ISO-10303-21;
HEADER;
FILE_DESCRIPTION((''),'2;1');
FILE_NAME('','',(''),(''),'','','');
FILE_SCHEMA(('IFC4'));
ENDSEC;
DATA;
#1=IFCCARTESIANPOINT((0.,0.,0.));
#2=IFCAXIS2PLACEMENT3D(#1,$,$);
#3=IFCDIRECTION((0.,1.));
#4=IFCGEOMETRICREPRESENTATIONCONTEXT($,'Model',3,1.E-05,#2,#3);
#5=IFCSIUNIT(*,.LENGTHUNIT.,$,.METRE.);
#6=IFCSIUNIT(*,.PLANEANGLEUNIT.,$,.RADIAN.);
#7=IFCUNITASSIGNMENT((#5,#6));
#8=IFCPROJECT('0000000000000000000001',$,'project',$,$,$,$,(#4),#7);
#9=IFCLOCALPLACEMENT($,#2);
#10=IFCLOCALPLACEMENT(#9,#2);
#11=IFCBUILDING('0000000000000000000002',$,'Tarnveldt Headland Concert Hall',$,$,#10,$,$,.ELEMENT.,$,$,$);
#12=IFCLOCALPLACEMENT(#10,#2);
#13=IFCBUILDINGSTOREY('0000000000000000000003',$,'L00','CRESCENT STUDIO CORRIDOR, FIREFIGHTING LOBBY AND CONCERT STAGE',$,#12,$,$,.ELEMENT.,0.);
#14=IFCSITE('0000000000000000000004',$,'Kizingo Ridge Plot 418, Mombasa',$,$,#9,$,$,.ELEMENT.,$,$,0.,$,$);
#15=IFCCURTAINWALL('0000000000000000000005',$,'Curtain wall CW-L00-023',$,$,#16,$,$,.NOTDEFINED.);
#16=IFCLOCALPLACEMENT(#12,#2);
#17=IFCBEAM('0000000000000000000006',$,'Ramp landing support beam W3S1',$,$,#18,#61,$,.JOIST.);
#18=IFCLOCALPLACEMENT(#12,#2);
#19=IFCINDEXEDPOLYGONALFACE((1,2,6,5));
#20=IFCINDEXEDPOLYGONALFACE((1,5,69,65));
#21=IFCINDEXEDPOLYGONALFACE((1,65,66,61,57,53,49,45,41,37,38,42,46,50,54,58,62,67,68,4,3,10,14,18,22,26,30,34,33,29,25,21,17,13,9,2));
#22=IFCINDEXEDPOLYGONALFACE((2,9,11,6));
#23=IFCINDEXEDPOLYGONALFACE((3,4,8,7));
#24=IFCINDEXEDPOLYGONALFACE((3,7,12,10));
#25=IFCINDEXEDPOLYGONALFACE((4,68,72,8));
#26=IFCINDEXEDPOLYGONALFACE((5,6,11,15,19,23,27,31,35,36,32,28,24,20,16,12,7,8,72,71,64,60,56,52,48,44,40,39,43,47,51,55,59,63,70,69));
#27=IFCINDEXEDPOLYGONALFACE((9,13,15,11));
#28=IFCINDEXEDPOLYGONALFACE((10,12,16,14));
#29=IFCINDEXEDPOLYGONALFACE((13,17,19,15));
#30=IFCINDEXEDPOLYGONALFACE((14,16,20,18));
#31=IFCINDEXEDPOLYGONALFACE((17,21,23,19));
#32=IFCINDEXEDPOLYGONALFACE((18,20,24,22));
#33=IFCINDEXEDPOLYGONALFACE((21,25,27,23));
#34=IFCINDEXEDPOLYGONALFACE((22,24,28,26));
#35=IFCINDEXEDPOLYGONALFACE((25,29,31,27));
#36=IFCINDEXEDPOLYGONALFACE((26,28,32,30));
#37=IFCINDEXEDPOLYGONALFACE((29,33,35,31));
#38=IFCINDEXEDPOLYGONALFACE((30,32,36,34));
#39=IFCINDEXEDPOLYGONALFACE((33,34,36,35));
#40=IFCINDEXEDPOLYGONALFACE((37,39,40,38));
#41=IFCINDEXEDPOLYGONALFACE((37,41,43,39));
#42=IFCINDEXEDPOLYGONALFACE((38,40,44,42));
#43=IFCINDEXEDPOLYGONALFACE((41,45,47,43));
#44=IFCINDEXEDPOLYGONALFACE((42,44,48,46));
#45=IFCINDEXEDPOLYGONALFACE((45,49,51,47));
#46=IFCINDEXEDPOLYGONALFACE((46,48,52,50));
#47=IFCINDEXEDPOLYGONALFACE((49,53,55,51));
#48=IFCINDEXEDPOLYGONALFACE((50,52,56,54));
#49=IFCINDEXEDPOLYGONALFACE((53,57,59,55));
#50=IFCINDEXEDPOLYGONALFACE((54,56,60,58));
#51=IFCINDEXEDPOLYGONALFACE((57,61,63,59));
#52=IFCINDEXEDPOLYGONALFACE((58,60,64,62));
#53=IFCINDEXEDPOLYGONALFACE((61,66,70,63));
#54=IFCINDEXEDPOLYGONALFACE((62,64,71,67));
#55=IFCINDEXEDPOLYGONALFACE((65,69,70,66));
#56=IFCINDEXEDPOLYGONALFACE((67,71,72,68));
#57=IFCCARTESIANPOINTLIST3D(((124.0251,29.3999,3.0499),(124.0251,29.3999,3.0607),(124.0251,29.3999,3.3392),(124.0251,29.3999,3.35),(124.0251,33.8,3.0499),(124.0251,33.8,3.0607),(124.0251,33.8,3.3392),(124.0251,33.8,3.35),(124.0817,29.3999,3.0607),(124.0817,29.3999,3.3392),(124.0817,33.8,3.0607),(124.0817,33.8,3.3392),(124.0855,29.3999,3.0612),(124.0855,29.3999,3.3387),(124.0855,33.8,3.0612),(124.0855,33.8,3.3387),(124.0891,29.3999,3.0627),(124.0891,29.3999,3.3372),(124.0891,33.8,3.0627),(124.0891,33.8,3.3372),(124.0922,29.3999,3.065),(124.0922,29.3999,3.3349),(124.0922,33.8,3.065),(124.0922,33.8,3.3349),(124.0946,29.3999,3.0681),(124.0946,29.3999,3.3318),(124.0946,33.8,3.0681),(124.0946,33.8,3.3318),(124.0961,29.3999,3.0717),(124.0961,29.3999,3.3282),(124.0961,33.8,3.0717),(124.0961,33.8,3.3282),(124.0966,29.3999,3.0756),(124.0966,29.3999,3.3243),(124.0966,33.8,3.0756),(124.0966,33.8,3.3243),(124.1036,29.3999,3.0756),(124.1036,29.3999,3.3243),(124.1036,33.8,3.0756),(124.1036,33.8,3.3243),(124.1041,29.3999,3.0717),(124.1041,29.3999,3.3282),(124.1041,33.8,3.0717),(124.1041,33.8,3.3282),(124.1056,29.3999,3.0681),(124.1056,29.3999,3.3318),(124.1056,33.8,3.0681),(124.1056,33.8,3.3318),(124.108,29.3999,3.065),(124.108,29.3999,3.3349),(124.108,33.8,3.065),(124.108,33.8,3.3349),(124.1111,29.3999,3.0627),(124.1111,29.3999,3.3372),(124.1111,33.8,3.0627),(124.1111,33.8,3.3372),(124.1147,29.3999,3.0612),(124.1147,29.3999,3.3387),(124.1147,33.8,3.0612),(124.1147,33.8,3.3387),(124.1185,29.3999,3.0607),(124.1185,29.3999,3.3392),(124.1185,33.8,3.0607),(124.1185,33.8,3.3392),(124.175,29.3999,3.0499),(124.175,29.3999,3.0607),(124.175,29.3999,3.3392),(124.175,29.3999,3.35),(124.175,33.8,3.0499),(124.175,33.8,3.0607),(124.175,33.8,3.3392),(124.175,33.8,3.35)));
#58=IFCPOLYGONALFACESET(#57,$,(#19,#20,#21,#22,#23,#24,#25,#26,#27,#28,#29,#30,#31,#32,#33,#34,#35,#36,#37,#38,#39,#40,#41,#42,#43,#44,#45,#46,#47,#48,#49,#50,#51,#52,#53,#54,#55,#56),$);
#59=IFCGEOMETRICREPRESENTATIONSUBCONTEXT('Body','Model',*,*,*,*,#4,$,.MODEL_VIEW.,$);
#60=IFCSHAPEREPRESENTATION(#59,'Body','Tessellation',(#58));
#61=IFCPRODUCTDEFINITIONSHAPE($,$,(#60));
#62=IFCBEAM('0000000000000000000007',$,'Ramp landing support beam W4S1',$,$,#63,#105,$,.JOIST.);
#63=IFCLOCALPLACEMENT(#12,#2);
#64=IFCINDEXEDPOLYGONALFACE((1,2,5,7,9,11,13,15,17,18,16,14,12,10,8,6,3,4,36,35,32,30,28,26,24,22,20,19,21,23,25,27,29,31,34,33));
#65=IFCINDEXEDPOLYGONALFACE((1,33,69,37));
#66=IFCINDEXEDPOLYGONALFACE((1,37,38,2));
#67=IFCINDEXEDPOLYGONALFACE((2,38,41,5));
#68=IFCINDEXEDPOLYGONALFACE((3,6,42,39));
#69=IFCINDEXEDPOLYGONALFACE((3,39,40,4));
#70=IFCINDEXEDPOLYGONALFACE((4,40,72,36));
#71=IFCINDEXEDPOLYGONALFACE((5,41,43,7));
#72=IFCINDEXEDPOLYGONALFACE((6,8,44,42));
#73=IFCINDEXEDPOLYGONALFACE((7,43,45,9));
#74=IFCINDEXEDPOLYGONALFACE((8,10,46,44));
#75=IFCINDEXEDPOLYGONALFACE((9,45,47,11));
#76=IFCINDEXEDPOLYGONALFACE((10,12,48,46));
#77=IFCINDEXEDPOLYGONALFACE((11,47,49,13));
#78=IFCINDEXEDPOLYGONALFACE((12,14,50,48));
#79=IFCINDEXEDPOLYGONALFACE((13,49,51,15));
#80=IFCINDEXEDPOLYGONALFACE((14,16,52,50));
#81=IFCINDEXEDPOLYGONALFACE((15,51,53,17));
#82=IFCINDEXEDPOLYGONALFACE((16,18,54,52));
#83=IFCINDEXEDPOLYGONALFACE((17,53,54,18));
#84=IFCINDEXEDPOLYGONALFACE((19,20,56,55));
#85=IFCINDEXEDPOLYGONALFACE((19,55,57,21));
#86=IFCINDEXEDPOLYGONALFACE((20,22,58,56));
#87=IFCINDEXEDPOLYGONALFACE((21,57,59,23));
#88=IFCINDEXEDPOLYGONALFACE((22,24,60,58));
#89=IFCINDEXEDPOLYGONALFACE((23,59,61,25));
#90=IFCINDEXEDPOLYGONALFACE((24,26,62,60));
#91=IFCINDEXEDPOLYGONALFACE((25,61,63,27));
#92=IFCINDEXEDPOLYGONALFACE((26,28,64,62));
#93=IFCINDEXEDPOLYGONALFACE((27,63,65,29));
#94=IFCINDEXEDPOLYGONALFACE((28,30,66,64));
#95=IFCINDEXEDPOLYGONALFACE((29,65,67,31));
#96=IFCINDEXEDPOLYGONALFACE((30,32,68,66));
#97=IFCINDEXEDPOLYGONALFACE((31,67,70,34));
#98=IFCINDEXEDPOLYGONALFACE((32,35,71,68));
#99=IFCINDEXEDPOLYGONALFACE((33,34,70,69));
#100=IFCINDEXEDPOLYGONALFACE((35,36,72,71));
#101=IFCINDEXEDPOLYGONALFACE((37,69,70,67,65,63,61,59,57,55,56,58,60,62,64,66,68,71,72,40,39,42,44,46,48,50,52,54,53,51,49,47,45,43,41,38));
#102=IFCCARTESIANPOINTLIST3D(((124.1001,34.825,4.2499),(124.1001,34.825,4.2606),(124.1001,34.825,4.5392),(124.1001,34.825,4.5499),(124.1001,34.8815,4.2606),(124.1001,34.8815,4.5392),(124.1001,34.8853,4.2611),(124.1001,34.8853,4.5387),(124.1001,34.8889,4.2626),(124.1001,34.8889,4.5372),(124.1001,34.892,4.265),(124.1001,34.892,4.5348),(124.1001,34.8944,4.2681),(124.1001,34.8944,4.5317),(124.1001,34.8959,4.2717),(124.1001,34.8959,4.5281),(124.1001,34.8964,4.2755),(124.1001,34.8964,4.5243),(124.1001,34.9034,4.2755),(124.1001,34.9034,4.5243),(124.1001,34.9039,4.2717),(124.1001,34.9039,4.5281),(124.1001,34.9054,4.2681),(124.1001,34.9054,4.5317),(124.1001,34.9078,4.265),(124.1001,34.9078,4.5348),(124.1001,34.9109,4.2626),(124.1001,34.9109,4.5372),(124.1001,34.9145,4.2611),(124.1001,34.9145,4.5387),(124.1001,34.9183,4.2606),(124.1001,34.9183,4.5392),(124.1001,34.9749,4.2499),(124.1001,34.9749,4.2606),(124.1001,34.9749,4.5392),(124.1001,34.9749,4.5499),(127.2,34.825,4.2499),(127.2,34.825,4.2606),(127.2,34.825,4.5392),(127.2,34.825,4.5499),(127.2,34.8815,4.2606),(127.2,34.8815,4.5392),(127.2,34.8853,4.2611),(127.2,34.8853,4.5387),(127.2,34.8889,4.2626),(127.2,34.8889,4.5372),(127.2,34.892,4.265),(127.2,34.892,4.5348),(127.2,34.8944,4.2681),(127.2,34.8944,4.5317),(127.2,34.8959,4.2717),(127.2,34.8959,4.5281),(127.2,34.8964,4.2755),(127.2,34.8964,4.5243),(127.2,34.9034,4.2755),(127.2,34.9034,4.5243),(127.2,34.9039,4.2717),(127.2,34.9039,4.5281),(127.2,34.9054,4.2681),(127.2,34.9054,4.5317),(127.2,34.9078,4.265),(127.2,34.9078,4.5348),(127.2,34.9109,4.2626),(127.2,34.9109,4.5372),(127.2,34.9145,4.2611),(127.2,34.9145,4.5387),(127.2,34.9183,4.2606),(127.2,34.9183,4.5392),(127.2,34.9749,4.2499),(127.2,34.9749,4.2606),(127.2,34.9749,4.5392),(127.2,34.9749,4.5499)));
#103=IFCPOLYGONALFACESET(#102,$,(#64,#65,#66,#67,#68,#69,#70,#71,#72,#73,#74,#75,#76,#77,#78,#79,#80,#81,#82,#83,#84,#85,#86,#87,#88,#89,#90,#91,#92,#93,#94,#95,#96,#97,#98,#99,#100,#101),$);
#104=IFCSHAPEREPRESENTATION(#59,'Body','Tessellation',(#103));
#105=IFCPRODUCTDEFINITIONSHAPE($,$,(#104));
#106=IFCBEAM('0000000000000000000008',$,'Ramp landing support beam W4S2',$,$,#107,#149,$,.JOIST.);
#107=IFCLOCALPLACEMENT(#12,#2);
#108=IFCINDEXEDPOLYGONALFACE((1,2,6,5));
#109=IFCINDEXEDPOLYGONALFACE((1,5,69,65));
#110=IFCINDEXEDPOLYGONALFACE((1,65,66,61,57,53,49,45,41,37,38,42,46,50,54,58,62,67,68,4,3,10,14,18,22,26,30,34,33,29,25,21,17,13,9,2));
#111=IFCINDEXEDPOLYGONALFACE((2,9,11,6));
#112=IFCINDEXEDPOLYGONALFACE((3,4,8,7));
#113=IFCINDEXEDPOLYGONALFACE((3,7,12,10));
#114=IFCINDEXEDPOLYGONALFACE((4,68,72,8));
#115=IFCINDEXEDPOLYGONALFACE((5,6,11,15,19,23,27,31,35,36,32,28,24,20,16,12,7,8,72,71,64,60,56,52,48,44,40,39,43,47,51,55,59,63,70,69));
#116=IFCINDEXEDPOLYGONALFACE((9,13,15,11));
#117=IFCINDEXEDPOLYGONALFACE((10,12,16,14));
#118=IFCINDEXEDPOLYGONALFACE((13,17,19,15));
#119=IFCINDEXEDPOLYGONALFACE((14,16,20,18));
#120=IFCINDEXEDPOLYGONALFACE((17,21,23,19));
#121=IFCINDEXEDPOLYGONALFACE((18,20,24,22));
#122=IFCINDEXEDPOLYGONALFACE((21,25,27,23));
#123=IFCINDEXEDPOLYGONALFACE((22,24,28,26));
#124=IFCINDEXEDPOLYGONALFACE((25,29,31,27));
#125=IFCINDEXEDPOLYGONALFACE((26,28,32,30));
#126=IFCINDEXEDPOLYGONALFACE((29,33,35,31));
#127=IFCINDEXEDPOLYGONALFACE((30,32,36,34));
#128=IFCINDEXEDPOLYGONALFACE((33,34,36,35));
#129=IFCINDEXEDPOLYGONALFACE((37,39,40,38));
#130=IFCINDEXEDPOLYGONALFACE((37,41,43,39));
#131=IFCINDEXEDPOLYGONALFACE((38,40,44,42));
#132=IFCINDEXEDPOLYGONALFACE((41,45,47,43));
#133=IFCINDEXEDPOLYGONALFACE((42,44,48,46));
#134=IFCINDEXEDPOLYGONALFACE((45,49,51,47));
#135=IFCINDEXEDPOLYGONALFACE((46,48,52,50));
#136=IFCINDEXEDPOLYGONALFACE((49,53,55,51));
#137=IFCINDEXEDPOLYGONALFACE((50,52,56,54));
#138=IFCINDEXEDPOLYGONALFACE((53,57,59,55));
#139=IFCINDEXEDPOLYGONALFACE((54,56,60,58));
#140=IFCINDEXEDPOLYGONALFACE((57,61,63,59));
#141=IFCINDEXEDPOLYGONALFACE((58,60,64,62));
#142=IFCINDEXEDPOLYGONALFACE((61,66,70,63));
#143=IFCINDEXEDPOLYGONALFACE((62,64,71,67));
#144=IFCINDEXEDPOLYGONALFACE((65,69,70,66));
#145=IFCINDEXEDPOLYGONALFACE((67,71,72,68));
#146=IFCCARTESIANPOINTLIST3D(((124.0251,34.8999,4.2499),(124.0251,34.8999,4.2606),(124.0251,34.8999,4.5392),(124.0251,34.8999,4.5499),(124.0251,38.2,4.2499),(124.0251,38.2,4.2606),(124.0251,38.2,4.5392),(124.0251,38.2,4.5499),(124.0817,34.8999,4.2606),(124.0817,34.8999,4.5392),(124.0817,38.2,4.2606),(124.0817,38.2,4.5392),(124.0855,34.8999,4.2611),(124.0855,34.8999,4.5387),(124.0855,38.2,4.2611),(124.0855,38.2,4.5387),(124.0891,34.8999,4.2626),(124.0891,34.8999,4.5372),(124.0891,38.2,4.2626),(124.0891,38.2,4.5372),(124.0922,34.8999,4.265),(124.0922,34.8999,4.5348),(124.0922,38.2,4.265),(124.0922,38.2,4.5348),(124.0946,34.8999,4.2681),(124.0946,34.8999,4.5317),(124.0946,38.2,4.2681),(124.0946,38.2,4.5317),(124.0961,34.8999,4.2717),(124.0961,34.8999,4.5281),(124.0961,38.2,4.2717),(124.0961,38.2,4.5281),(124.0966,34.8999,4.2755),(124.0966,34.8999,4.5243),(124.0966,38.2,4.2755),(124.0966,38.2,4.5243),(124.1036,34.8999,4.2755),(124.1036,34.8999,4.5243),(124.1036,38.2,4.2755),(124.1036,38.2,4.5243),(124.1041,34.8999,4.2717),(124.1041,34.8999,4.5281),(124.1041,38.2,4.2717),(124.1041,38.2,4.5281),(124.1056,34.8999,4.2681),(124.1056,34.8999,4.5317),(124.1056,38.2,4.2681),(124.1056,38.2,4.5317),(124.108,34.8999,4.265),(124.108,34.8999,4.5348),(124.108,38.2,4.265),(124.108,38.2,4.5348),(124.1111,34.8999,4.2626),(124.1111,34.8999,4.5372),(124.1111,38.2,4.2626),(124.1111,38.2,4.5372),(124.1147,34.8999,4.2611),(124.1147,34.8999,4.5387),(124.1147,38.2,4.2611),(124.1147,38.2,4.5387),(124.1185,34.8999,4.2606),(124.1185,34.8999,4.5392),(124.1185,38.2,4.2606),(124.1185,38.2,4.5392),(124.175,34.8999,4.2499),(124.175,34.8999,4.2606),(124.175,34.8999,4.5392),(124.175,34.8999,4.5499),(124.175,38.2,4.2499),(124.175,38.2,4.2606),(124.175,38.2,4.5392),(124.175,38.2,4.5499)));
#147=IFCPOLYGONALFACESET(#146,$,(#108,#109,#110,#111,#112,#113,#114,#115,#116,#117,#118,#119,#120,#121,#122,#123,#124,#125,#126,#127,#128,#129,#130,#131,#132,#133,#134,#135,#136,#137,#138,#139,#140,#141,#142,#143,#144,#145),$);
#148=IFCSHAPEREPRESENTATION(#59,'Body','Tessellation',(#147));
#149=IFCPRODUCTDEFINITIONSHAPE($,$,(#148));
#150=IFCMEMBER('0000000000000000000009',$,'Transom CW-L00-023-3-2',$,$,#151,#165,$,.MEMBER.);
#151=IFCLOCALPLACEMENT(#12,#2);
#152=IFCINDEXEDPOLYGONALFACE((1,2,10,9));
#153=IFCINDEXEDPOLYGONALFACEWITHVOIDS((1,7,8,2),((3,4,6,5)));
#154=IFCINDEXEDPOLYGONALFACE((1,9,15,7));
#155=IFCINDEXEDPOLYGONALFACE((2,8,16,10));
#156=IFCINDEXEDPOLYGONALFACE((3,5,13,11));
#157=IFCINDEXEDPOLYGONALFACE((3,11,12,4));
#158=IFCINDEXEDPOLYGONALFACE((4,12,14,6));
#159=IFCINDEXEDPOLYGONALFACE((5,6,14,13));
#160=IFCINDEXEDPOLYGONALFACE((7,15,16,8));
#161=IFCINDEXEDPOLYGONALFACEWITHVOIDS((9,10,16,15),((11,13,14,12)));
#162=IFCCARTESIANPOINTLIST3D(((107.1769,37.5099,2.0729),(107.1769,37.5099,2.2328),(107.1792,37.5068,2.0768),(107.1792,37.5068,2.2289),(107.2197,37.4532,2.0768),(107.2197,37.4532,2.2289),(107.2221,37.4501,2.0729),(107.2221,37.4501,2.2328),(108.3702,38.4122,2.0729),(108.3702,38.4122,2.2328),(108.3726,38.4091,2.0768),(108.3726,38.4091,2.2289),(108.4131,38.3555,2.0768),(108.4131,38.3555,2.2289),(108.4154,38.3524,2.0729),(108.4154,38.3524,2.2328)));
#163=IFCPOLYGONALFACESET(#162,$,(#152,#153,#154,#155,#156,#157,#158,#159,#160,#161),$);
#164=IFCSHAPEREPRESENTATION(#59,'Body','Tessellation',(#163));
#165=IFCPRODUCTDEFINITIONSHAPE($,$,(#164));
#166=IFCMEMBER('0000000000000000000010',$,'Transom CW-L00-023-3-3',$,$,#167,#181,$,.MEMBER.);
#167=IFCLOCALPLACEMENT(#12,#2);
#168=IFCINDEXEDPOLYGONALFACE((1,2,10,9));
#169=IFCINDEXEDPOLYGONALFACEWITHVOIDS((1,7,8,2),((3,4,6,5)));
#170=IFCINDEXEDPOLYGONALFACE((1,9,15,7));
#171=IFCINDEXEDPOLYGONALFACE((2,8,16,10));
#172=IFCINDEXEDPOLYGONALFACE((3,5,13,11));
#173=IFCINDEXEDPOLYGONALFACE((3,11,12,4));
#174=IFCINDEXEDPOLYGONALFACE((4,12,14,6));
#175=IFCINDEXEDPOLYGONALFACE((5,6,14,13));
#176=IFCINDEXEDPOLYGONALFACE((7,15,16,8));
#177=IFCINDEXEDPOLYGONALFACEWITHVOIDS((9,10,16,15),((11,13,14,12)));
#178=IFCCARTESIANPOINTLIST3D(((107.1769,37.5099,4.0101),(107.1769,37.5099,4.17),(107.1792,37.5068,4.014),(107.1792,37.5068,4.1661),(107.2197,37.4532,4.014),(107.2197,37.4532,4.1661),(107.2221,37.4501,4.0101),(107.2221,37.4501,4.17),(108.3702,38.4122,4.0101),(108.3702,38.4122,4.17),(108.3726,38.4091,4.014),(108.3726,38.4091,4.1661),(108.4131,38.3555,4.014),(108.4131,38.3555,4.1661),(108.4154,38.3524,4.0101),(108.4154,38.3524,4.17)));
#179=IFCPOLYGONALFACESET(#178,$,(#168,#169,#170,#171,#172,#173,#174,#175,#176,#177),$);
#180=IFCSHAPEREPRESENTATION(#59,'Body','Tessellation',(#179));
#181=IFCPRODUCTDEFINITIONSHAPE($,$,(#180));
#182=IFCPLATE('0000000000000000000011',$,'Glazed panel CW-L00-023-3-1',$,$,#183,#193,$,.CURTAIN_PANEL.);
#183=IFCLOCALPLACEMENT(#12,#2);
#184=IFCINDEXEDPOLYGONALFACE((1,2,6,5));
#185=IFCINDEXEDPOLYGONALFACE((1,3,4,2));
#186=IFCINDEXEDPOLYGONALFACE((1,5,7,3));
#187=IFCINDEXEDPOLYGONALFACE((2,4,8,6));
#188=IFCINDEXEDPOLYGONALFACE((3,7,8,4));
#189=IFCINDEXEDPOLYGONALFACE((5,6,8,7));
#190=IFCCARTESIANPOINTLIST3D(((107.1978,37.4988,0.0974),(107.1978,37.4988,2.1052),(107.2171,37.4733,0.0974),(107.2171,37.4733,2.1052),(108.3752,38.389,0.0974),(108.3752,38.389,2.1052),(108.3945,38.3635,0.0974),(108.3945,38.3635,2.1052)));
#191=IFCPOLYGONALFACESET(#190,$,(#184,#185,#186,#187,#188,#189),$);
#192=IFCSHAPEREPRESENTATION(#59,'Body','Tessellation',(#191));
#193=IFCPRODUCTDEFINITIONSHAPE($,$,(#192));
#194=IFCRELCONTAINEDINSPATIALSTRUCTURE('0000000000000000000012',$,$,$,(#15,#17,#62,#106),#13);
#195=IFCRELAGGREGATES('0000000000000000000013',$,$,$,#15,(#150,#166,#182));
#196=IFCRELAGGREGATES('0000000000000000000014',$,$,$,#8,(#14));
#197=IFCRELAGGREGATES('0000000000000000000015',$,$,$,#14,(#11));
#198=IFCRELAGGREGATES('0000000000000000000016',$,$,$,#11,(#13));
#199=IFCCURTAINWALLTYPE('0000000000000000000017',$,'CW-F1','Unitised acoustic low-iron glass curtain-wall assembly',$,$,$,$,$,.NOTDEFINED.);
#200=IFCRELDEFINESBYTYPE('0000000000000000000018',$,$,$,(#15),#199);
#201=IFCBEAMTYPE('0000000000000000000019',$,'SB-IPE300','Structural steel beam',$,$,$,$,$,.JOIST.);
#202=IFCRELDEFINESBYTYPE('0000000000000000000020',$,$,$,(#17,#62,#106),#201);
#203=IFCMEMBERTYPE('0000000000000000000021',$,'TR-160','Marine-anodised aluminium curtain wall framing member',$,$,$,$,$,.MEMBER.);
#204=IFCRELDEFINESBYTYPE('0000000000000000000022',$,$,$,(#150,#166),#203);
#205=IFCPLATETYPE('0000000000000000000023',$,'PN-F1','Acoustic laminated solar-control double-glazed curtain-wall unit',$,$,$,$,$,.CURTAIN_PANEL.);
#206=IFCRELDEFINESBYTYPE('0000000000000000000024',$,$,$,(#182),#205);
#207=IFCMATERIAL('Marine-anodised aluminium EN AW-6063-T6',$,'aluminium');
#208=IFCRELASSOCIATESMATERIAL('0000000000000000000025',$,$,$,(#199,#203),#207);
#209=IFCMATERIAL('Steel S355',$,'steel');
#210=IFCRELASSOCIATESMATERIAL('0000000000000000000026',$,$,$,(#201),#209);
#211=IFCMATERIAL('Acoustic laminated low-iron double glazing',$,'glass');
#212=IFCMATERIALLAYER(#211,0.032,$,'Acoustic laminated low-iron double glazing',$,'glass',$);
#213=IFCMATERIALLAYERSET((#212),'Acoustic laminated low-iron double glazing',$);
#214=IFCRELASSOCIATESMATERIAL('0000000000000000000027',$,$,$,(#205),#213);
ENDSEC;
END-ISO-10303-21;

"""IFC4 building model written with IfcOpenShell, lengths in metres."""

from ifc_helpers import new_model, si_unit, direction, frame, origin, origin_2d, place, context, subcontext, project, spatial, rectangle, hollow_rectangle, i_section, extrude, material, layer, layer_set, material_profile, profile_set, type_object, element, aggregate, save


model = new_model("IFC4")

# Units and contexts
model_context = context("Model", 3, precision=1e-05, world=origin(), true_north=direction((0.0, 1.0)))
body_context = subcontext(model_context, "Body", "Model", "MODEL_VIEW")
ifc_project = project(units=[si_unit("LENGTHUNIT", "METRE"), si_unit("PLANEANGLEUNIT", "RADIAN")], contexts=[model_context])

# Site, building, storey
site_placement = place(None, origin())
site = spatial("IfcSite", under=ifc_project, at=site_placement, Name="Kizingo Ridge Plot 418, Mombasa", CompositionType="ELEMENT", RefElevation=0.0)
building_placement = place(site_placement, origin())
building = spatial("IfcBuilding", under=site, at=building_placement, Name="Tarnveldt Headland Concert Hall", CompositionType="ELEMENT")
storey_placement = place(building_placement, origin())
storey = spatial("IfcBuildingStorey", under=building, at=storey_placement, Name="L00", Description="CRESCENT STUDIO CORRIDOR, FIREFIGHTING LOBBY AND CONCERT STAGE", CompositionType="ELEMENT", Elevation=0.0)

# Shared definitions
ifc_material_1 = material(Name="Steel S355", Category="steel")

# Curtain wall
ifc_material_2 = material(Name="Marine-anodised aluminium EN AW-6063-T6", Category="aluminium")
curtain_wall_type = type_object("IfcCurtainWallType", Name="CW-F1", Description="Unitised acoustic low-iron glass curtain-wall assembly", PredefinedType="NOTDEFINED", material=ifc_material_2)
curtain_wall_placement = place(storey_placement, origin())
curtain_wall = element("IfcCurtainWall", 1, at=curtain_wall_placement, inside=storey, type_object=curtain_wall_type, Name="Curtain wall CW-L00-023", PredefinedType="NOTDEFINED")

# Beams
ifc_material_profile_1 = material_profile(ifc_material_1, i_section(OverallWidth=0.1499, OverallDepth=0.3, WebThickness=0.0071, FlangeThickness=0.0107, FilletRadius=0.0149, at=origin_2d()), Name="IPE300", Category="steel")
ifc_profile_set_1 = profile_set([ifc_material_profile_1], Name="Steel S355")
beam_type = type_object("IfcBeamType", Name="SB-IPE300", Description="Structural steel beam", PredefinedType="JOIST", material=ifc_profile_set_1)
beam_1_placement = place(storey_placement, frame((124.1001, 29.3999, 3.2), z_axis=(0.0, 1.0, 0.0), x_axis=(-1.0, 0.0, 0.0)))
element("IfcBeam", 2, at=beam_1_placement, inside=storey, type_object=beam_type, Name="Ramp landing support beam W3S1", PredefinedType="JOIST", context=body_context, shape_type="SweptSolid", body=[
    extrude(i_section(OverallWidth=0.1499, OverallDepth=0.3, WebThickness=0.0071, FlangeThickness=0.0107, FilletRadius=0.0149, at=origin_2d()), origin(), (0.0, 0.0, 1.0), 4.4001),
])
beam_2_placement = place(storey_placement, frame((124.1001, 34.8999, 4.3999), z_axis=(1.0, 0.0, 0.0), x_axis=(0.0, 1.0, 0.0)))
element("IfcBeam", 3, at=beam_2_placement, inside=storey, type_object=beam_type, Name="Ramp landing support beam W4S1", PredefinedType="JOIST", context=body_context, shape_type="SweptSolid", body=[
    extrude(i_section(OverallWidth=0.1499, OverallDepth=0.3, WebThickness=0.0071, FlangeThickness=0.0107, FilletRadius=0.0149, at=origin_2d()), origin(), (0.0, 0.0, 1.0), 3.0999),
])
beam_3_placement = place(storey_placement, frame((124.1001, 38.2, 4.3999), z_axis=(0.0, -1.0, 0.0), x_axis=(1.0, 0.0, 0.0)))
element("IfcBeam", 4, at=beam_3_placement, inside=storey, type_object=beam_type, Name="Ramp landing support beam W4S2", PredefinedType="JOIST", context=body_context, shape_type="SweptSolid", body=[
    extrude(i_section(OverallWidth=0.1499, OverallDepth=0.3, WebThickness=0.0071, FlangeThickness=0.0107, FilletRadius=0.0149, at=origin_2d()), origin(), (0.0, 0.0, 1.0), 3.3),
])

# Members
ifc_material_profile_2 = material_profile(ifc_material_2, hollow_rectangle(XDim=0.075, YDim=0.1599, WallThickness=0.0039, at=origin_2d()), Name="ALU TRANSOM 75x160x4", Category="aluminium")
ifc_profile_set_2 = profile_set([ifc_material_profile_2], Name="Marine-anodised aluminium EN AW-6063-T6")
member_type_1 = type_object("IfcMemberType", Name="TR-160", Description="Marine-anodised aluminium curtain wall framing member", PredefinedType="MEMBER", material=ifc_profile_set_2)
member_1_placement = place(storey_placement, frame((107.1995, 37.48, 2.1528), z_axis=(0.797644, 0.603129, 0.0), x_axis=(-0.603129, 0.797644, 0.0)))
member_1 = element("IfcMember", 5, at=member_1_placement, type_object=member_type_1, Name="Transom CW-L00-023-3-2", PredefinedType="MEMBER", context=body_context, shape_type="SweptSolid", body=[
    extrude(hollow_rectangle(XDim=0.075, YDim=0.1599, WallThickness=0.0039, at=origin_2d()), origin(), (0.0, 0.0, 1.0), 1.4961),
])
member_2_placement = place(storey_placement, frame((107.1995, 37.48, 4.0901), z_axis=(0.797644, 0.603129, 0.0), x_axis=(-0.603129, 0.797644, 0.0)))
member_2 = element("IfcMember", 6, at=member_2_placement, type_object=member_type_1, Name="Transom CW-L00-023-3-3", PredefinedType="MEMBER", context=body_context, shape_type="SweptSolid", body=[
    extrude(hollow_rectangle(XDim=0.075, YDim=0.1599, WallThickness=0.0039, at=origin_2d()), origin(), (0.0, 0.0, 1.0), 1.4961),
])

# Plate
ifc_material_3 = material(Name="Acoustic laminated low-iron double glazing", Category="glass")
ifc_layer_1 = layer(ifc_material_3, 0.032, Name="Acoustic laminated low-iron double glazing", Category="glass")
ifc_layer_set_1 = layer_set([ifc_layer_1], Name="Acoustic laminated low-iron double glazing")
plate_type = type_object("IfcPlateType", Name="PN-F1", Description="Acoustic laminated solar-control double-glazed curtain-wall unit", PredefinedType="CURTAIN_PANEL", material=ifc_layer_set_1)
plate_1_placement = place(storey_placement, frame((107.7961, 37.9312, 0.0974), z_axis=(0.0, 0.0, 1.0), x_axis=(0.797658, 0.603111, 0.0)))
plate_1 = element("IfcPlate", 7, at=plate_1_placement, type_object=plate_type, Name="Glazed panel CW-L00-023-3-1", PredefinedType="CURTAIN_PANEL", context=body_context, shape_type="SweptSolid", body=[
    extrude(rectangle(XDim=1.4761, YDim=0.032, at=origin_2d()), origin(), (0.0, 0.0, 1.0), 2.0078),
])
aggregate(curtain_wall, [member_1, member_2, plate_1])

save(model, "model.ifc")
